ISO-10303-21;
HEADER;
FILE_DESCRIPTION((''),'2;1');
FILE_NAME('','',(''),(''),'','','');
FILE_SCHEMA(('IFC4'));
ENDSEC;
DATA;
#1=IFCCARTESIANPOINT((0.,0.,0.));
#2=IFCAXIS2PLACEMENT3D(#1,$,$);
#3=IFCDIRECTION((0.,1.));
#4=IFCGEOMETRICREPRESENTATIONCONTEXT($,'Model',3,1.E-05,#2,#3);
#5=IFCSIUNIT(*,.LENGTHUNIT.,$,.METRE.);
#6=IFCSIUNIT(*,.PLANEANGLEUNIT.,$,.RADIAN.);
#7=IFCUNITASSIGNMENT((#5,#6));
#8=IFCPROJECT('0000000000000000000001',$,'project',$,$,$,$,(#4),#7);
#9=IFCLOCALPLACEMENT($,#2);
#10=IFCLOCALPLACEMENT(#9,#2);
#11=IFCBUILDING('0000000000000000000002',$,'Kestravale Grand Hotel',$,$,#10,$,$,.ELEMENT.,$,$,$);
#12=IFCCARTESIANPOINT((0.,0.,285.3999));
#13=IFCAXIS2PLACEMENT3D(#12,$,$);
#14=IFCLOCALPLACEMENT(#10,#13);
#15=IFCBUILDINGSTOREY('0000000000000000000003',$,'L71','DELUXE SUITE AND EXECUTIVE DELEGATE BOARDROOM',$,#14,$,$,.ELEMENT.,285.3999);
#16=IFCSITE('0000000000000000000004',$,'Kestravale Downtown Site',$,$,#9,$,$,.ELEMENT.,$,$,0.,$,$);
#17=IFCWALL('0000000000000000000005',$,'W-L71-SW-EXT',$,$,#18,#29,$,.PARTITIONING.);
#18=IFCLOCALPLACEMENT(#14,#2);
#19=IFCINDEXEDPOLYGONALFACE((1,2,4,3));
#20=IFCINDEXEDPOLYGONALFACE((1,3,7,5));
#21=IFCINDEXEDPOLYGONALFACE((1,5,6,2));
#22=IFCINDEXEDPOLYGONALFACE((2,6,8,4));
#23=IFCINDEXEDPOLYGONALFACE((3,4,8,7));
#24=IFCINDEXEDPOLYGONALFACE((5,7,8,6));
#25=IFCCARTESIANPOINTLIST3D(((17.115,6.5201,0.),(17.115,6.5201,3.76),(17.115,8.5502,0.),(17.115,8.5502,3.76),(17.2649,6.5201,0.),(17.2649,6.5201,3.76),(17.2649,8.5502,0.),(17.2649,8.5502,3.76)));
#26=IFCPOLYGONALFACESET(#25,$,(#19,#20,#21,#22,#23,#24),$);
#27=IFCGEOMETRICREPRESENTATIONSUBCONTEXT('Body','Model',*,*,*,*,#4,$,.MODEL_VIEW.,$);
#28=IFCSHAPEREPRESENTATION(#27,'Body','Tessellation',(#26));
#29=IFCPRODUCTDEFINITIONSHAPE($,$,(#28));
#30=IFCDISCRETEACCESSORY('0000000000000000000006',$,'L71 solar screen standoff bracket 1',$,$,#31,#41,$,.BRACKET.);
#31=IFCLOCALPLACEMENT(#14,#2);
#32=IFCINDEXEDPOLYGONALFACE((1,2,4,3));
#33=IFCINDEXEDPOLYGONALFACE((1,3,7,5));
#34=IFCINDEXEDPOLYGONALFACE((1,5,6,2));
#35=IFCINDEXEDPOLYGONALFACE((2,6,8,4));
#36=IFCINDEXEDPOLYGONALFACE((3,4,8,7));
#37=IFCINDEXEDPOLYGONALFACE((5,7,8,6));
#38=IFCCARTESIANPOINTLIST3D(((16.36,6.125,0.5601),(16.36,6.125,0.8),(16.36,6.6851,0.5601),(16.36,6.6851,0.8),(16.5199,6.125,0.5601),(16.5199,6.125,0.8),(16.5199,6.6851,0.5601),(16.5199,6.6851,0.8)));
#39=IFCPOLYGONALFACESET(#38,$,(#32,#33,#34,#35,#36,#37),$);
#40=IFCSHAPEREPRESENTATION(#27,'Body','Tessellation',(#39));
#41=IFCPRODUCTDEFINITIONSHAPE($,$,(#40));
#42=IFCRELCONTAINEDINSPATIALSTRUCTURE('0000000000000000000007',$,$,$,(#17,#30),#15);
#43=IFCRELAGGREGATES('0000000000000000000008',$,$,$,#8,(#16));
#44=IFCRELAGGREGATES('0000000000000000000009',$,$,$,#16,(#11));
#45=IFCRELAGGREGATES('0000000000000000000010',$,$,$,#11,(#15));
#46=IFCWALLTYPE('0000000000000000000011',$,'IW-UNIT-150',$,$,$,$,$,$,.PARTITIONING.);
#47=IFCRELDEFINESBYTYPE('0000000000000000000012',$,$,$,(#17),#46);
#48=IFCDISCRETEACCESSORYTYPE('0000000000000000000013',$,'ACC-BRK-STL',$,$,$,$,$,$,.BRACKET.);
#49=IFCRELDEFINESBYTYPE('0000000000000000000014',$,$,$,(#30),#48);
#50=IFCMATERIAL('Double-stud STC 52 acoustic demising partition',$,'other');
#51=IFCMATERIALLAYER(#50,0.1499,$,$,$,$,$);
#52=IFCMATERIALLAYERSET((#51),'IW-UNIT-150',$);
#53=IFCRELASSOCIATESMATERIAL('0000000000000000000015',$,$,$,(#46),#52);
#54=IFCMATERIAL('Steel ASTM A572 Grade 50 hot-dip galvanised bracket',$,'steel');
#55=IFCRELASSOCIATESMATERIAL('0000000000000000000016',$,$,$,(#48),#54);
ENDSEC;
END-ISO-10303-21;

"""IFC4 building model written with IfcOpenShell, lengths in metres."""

from ifc_helpers import new_model, si_unit, direction, frame, frame_2d, origin, origin_2d, place, context, subcontext, project, spatial, rectangle, extrude, material, layer, layer_set, type_object, element, save


model = new_model("IFC4")

# Units and contexts
model_context = context("Model", 3, precision=1e-05, world=origin(), true_north=direction((0.0, 1.0)))
body_context = subcontext(model_context, "Body", "Model", "MODEL_VIEW")
ifc_project = project(units=[si_unit("LENGTHUNIT", "METRE"), si_unit("PLANEANGLEUNIT", "RADIAN")], contexts=[model_context])

# Site, building, storey
site_placement = place(None, origin())
site = spatial("IfcSite", under=ifc_project, at=site_placement, Name="Kestravale Downtown Site", CompositionType="ELEMENT", RefElevation=0.0)
building_placement = place(site_placement, origin())
building = spatial("IfcBuilding", under=site, at=building_placement, Name="Kestravale Grand Hotel", CompositionType="ELEMENT")
storey_placement = place(building_placement, frame((0.0, 0.0, 285.3999)))
storey = spatial("IfcBuildingStorey", under=building, at=storey_placement, Name="L71", Description="DELUXE SUITE AND EXECUTIVE DELEGATE BOARDROOM", CompositionType="ELEMENT", Elevation=285.3999)

# Wall
ifc_material_1 = material(Name="Double-stud STC 52 acoustic demising partition", Category="other")
ifc_layer_1 = layer(ifc_material_1, 0.1499)
ifc_layer_set_1 = layer_set([ifc_layer_1], Name="IW-UNIT-150")
wall_type_1 = type_object("IfcWallType", Name="IW-UNIT-150", PredefinedType="PARTITIONING", material=ifc_layer_set_1)
wall_1_placement = place(storey_placement, frame((17.1899, 6.52, 0.0), z_axis=(0.0, 0.0, 1.0), x_axis=(0.0, 1.0, 0.0)))
element("IfcWall", 1, at=wall_1_placement, inside=storey, type_object=wall_type_1, Name="W-L71-SW-EXT", PredefinedType="PARTITIONING", context=body_context, shape_type="SweptSolid", body=[
    extrude(rectangle(XDim=2.03, YDim=0.1499, at=frame_2d((1.0151, 0.0))), origin(), (0.0, 0.0, 1.0), 3.76),
])

# Discrete accessory
ifc_material_2 = material(Name="Steel ASTM A572 Grade 50 hot-dip galvanised bracket", Category="steel")
discrete_accessory_type = type_object("IfcDiscreteAccessoryType", Name="ACC-BRK-STL", PredefinedType="BRACKET", material=ifc_material_2)
discrete_accessory_placement = place(storey_placement, frame((16.4399, 6.405, 0.5601), z_axis=(0.0, 0.0, 1.0), x_axis=(1.0, 0.0, 0.0)))
element("IfcDiscreteAccessory", 2, at=discrete_accessory_placement, inside=storey, type_object=discrete_accessory_type, Name="L71 solar screen standoff bracket 1", PredefinedType="BRACKET", context=body_context, shape_type="SweptSolid", body=[
    extrude(rectangle(XDim=0.1599, YDim=0.5601, at=origin_2d()), origin(), (0.0, 0.0, 1.0), 0.24),
])

save(model, "model.ifc")
